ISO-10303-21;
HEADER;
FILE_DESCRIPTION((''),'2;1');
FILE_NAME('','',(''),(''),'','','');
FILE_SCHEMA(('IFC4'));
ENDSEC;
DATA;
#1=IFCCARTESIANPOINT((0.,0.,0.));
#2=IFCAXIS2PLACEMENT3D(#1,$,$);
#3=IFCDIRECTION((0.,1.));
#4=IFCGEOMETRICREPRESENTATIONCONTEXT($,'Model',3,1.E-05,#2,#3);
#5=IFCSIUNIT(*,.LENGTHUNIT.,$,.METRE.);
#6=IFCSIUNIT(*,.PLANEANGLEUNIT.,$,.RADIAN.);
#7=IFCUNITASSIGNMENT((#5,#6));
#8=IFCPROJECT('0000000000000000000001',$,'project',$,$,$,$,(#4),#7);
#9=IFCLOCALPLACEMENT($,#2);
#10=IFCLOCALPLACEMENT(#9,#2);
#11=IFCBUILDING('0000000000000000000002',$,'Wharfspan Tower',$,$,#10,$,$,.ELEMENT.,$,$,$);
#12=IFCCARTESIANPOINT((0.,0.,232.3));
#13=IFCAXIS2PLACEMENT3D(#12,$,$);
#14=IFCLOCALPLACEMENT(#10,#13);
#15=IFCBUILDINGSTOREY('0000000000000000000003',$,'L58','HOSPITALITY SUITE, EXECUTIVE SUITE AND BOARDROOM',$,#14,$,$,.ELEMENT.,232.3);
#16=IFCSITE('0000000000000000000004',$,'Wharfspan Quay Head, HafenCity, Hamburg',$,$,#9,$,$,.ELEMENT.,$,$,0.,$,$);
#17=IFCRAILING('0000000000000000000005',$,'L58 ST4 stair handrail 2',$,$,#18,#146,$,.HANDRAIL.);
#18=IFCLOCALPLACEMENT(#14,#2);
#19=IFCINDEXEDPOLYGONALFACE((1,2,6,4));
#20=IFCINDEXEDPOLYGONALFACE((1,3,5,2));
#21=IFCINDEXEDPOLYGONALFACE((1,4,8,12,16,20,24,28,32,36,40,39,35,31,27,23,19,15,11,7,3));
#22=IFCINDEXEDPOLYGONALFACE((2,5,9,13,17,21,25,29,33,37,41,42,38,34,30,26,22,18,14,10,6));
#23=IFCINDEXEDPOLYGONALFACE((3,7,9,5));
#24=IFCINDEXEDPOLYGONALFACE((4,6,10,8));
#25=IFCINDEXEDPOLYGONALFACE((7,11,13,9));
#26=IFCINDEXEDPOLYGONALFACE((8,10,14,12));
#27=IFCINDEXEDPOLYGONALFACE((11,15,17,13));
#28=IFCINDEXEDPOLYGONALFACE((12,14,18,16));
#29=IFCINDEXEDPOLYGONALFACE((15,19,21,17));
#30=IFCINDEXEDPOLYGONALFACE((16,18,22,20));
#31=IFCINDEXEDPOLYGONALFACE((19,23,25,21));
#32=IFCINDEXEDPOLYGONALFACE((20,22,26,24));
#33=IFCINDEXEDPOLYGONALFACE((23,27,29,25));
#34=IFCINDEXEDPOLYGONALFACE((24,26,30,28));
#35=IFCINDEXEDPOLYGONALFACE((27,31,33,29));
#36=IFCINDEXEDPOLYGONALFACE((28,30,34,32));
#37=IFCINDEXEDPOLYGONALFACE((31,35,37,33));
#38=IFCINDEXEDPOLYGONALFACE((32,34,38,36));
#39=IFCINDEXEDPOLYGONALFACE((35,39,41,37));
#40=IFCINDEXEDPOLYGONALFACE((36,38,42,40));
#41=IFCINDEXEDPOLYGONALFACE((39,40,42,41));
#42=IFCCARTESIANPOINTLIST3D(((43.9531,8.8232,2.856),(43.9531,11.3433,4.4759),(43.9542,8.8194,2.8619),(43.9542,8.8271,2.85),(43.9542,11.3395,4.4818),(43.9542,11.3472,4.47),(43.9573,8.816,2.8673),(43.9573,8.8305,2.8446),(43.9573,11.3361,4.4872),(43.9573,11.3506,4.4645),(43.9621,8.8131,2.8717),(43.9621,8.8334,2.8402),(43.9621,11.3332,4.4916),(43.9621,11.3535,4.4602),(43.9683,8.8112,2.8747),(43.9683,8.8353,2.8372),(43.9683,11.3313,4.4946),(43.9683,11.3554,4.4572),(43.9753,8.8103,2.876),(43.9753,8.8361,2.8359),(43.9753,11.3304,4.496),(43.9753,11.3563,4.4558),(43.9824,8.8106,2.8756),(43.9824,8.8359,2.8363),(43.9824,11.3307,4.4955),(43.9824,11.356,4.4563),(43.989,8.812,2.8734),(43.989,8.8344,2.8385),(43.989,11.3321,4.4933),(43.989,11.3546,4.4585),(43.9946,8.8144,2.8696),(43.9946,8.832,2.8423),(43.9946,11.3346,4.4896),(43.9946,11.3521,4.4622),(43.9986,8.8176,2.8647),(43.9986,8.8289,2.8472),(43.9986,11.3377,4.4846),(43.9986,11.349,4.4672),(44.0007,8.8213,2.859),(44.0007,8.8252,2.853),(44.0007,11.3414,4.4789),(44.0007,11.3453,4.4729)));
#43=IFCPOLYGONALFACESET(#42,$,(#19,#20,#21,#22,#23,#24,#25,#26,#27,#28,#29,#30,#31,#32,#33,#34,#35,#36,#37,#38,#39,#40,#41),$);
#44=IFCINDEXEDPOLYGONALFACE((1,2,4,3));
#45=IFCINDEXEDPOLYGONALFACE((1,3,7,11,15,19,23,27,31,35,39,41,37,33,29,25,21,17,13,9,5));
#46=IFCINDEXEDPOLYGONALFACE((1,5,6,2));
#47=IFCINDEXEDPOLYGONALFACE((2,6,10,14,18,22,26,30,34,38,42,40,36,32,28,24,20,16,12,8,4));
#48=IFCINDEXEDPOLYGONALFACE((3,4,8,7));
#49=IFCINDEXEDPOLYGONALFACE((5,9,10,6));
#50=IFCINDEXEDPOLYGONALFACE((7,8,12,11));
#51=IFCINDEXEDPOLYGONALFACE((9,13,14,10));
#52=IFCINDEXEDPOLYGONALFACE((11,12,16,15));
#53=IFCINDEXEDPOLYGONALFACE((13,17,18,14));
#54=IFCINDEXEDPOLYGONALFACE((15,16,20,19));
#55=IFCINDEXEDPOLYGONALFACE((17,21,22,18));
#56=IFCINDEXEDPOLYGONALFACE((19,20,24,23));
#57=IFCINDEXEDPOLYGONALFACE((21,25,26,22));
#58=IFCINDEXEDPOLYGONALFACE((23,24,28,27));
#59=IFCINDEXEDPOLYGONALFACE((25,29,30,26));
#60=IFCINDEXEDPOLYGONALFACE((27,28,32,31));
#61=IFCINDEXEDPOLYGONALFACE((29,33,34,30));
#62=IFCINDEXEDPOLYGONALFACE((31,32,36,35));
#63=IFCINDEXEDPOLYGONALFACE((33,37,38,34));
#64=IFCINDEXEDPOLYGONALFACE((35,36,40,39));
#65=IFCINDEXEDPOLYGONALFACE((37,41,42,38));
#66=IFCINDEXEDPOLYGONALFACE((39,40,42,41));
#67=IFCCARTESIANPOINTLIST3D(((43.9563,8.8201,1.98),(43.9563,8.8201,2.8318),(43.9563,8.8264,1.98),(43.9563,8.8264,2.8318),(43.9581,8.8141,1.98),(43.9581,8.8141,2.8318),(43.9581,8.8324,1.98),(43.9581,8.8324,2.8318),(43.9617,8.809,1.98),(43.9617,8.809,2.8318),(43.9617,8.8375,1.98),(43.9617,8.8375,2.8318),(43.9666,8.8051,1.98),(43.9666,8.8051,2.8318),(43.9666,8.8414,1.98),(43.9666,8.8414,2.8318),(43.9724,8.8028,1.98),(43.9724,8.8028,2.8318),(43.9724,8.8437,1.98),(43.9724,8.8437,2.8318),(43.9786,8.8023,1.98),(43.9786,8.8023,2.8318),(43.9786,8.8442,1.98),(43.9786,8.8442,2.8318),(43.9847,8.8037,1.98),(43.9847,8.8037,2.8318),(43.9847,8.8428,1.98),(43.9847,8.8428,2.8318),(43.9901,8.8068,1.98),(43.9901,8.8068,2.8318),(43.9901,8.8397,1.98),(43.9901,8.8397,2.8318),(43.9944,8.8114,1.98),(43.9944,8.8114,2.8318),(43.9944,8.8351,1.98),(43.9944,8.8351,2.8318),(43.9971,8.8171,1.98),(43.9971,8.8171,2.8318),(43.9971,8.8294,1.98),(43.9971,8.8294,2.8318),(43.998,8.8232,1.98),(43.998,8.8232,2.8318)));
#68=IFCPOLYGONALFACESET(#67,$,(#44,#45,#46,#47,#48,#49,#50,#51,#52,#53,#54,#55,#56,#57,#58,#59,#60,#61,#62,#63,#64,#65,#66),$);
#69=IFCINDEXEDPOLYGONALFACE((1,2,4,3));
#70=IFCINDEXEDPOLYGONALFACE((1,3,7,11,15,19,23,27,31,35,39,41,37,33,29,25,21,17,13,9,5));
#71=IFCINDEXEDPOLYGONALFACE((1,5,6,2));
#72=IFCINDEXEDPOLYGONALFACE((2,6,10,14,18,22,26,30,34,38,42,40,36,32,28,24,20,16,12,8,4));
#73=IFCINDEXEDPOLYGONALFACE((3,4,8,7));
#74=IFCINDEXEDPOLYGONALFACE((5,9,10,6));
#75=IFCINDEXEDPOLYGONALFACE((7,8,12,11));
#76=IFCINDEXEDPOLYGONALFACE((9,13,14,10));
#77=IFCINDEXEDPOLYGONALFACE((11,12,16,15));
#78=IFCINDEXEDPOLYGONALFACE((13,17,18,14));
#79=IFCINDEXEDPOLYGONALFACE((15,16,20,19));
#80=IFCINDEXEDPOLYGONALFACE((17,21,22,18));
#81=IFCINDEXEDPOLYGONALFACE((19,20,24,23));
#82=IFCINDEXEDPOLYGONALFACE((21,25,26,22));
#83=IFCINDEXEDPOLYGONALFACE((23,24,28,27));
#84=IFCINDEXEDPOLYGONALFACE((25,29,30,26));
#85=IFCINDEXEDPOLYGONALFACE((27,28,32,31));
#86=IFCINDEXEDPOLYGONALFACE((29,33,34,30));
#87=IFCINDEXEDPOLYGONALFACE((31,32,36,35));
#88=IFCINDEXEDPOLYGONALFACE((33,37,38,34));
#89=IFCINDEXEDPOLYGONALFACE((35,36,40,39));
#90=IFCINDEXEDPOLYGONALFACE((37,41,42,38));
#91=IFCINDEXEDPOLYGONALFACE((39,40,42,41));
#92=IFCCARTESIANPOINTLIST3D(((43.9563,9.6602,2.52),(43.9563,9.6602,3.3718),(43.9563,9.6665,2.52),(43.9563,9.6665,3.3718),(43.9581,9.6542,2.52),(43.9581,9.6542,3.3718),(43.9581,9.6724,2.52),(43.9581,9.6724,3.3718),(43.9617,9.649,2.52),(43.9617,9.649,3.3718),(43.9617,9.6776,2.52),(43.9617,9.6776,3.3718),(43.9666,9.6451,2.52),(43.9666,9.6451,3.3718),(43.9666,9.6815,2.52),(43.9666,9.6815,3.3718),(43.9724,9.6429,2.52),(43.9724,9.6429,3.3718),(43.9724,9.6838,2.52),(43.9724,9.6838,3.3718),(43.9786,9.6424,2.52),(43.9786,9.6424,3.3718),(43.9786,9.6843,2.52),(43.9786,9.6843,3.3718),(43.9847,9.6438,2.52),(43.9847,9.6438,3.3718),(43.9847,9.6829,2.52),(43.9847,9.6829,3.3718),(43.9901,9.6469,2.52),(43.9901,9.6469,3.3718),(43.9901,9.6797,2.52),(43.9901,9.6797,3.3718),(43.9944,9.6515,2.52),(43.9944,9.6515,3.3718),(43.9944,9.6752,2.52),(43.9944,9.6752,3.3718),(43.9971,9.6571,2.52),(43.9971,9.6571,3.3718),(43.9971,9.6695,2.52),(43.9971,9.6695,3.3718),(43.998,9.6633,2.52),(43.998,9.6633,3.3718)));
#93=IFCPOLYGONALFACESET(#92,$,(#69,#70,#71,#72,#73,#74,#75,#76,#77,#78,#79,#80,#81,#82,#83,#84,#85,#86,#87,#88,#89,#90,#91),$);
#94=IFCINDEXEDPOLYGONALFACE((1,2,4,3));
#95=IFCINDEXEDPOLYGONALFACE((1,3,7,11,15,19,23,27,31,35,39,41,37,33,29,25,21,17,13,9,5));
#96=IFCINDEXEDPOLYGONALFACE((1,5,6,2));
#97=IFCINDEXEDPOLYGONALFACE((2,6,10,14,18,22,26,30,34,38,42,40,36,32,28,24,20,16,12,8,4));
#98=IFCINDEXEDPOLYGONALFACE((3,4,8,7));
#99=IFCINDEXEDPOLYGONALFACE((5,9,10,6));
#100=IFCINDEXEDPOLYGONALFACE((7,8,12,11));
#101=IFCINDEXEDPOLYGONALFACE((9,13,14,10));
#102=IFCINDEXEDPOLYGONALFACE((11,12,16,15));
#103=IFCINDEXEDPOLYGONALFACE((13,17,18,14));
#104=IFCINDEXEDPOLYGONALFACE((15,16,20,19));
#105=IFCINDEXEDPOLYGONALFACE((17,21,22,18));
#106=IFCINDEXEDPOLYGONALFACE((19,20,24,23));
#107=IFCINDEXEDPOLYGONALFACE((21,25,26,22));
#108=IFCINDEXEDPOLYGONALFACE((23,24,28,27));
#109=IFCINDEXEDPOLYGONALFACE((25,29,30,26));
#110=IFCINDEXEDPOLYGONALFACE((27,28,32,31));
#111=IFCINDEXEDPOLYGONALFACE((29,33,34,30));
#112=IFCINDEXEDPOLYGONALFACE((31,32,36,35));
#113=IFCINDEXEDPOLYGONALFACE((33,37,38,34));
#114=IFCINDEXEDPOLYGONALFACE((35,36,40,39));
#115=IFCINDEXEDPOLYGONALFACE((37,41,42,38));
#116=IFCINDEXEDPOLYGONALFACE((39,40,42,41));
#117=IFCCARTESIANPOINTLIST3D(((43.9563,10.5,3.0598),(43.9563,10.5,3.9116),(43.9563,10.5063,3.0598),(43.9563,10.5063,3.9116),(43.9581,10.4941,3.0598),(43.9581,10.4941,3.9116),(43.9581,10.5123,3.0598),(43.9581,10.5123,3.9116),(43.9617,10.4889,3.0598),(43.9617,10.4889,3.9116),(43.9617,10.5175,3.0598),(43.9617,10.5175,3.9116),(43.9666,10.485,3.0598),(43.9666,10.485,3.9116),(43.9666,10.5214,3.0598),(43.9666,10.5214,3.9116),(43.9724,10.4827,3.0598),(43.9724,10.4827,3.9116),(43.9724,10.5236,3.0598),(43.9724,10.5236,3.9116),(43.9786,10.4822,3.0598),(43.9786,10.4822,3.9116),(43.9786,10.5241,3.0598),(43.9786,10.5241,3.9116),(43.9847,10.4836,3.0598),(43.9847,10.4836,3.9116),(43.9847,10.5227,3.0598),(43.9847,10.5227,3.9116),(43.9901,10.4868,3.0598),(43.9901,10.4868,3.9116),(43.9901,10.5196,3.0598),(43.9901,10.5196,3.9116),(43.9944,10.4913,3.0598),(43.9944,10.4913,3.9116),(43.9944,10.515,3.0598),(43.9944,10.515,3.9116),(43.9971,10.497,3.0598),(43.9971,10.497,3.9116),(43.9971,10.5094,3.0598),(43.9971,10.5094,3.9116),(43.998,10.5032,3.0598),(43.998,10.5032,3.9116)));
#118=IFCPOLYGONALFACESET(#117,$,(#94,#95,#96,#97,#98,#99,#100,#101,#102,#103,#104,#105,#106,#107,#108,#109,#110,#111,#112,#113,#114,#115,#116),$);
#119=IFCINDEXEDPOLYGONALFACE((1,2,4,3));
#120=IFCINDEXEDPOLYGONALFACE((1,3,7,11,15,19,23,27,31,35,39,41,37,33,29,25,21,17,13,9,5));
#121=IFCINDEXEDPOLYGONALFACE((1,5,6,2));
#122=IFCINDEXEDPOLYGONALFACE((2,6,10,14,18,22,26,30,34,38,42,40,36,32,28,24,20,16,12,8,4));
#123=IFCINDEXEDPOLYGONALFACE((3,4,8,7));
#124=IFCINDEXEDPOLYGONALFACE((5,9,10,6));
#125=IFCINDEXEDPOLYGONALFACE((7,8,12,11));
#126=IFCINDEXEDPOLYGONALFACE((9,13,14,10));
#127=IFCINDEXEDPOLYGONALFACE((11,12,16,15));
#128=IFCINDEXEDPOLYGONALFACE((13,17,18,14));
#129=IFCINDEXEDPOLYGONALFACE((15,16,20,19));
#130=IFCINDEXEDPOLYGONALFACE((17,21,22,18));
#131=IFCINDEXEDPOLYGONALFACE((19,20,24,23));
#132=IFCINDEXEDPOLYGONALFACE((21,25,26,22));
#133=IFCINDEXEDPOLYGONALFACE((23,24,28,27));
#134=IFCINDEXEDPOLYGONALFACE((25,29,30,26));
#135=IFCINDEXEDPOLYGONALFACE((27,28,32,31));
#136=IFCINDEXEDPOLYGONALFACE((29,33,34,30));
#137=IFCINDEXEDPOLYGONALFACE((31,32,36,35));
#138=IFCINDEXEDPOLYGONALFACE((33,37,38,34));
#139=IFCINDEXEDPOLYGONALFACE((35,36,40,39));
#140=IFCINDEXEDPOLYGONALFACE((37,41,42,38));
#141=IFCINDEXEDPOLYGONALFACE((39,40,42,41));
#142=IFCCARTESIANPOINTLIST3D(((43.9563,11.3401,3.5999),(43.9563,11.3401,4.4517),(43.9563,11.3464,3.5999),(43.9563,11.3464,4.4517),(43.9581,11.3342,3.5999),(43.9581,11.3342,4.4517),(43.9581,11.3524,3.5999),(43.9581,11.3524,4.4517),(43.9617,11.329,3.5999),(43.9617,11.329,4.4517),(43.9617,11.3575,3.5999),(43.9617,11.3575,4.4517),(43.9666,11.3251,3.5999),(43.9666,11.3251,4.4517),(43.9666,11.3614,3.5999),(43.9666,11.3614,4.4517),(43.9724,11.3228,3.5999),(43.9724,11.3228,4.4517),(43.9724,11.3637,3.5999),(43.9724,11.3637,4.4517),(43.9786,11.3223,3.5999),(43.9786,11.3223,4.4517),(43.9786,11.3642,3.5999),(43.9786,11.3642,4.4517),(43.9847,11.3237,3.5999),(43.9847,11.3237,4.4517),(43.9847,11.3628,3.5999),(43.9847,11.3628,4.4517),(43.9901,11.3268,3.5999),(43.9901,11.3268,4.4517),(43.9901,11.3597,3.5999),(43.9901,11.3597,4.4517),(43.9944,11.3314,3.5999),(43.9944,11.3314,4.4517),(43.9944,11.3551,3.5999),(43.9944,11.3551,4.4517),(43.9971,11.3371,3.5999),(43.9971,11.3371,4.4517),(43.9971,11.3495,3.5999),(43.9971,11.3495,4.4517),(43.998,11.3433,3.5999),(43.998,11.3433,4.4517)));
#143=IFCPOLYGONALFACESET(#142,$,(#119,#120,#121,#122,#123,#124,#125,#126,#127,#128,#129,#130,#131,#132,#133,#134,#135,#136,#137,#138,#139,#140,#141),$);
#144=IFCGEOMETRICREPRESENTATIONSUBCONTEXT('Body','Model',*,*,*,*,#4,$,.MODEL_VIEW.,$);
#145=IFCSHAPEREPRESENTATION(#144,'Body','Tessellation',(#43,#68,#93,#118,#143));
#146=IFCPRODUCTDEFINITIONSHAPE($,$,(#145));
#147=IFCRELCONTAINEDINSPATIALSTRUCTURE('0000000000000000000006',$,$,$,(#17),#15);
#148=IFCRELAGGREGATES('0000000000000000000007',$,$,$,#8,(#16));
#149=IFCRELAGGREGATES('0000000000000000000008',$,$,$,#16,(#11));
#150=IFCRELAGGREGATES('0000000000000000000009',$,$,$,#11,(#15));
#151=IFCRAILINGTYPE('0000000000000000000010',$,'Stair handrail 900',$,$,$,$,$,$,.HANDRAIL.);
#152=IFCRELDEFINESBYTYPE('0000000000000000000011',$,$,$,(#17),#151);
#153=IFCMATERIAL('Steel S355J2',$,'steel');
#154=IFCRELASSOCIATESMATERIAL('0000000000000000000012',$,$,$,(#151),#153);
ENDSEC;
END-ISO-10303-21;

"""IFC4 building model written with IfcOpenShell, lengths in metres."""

from ifc_helpers import new_model, si_unit, direction, frame, origin, origin_2d, place, context, subcontext, project, spatial, circle, extrude, material, type_object, element, save


model = new_model("IFC4")

# Units and contexts
model_context = context("Model", 3, precision=1e-05, world=origin(), true_north=direction((0.0, 1.0)))
body_context = subcontext(model_context, "Body", "Model", "MODEL_VIEW")
ifc_project = project(units=[si_unit("LENGTHUNIT", "METRE"), si_unit("PLANEANGLEUNIT", "RADIAN")], contexts=[model_context])

# Site, building, storey
site_placement = place(None, origin())
site = spatial("IfcSite", under=ifc_project, at=site_placement, Name="Wharfspan Quay Head, HafenCity, Hamburg", CompositionType="ELEMENT", RefElevation=0.0)
building_placement = place(site_placement, origin())
building = spatial("IfcBuilding", under=site, at=building_placement, Name="Wharfspan Tower", CompositionType="ELEMENT")
storey_placement = place(building_placement, frame((0.0, 0.0, 232.3)))
storey = spatial("IfcBuildingStorey", under=building, at=storey_placement, Name="L58", Description="HOSPITALITY SUITE, EXECUTIVE SUITE AND BOARDROOM", CompositionType="ELEMENT", Elevation=232.3)

# Shared definitions
ifc_material_1 = material(Name="Steel S355J2", Category="steel")

# Railing
railing_type = type_object("IfcRailingType", Name="Stair handrail 900", PredefinedType="HANDRAIL", material=ifc_material_1)
railing_placement = place(storey_placement, frame((43.9771, 8.8232, 1.98)))
element("IfcRailing", 1, at=railing_placement, inside=storey, type_object=railing_type, Name="L58 ST4 stair handrail 2", PredefinedType="HANDRAIL", context=body_context, shape_type="SweptSolid", body=[
    extrude(circle(Radius=0.0239, at=origin_2d()), frame((0.0, 0.0, 0.876), z_axis=(0.0, 0.8412, 0.540725), x_axis=(-1.0, 0.0, 0.0)), (0.0, 0.0, 1.0), 2.9958),
    extrude(circle(Radius=0.021, at=origin_2d()), origin(), (0.0, 0.0, 1.0), 0.8518),
    extrude(circle(Radius=0.021, at=origin_2d()), frame((0.0, 0.8401, 0.54)), (0.0, 0.0, 1.0), 0.8518),
    extrude(circle(Radius=0.021, at=origin_2d()), frame((0.0, 1.6799, 1.0798)), (0.0, 0.0, 1.0), 0.8518),
    extrude(circle(Radius=0.021, at=origin_2d()), frame((0.0, 2.52, 1.6199)), (0.0, 0.0, 1.0), 0.8518),
])

save(model, "model.ifc")
